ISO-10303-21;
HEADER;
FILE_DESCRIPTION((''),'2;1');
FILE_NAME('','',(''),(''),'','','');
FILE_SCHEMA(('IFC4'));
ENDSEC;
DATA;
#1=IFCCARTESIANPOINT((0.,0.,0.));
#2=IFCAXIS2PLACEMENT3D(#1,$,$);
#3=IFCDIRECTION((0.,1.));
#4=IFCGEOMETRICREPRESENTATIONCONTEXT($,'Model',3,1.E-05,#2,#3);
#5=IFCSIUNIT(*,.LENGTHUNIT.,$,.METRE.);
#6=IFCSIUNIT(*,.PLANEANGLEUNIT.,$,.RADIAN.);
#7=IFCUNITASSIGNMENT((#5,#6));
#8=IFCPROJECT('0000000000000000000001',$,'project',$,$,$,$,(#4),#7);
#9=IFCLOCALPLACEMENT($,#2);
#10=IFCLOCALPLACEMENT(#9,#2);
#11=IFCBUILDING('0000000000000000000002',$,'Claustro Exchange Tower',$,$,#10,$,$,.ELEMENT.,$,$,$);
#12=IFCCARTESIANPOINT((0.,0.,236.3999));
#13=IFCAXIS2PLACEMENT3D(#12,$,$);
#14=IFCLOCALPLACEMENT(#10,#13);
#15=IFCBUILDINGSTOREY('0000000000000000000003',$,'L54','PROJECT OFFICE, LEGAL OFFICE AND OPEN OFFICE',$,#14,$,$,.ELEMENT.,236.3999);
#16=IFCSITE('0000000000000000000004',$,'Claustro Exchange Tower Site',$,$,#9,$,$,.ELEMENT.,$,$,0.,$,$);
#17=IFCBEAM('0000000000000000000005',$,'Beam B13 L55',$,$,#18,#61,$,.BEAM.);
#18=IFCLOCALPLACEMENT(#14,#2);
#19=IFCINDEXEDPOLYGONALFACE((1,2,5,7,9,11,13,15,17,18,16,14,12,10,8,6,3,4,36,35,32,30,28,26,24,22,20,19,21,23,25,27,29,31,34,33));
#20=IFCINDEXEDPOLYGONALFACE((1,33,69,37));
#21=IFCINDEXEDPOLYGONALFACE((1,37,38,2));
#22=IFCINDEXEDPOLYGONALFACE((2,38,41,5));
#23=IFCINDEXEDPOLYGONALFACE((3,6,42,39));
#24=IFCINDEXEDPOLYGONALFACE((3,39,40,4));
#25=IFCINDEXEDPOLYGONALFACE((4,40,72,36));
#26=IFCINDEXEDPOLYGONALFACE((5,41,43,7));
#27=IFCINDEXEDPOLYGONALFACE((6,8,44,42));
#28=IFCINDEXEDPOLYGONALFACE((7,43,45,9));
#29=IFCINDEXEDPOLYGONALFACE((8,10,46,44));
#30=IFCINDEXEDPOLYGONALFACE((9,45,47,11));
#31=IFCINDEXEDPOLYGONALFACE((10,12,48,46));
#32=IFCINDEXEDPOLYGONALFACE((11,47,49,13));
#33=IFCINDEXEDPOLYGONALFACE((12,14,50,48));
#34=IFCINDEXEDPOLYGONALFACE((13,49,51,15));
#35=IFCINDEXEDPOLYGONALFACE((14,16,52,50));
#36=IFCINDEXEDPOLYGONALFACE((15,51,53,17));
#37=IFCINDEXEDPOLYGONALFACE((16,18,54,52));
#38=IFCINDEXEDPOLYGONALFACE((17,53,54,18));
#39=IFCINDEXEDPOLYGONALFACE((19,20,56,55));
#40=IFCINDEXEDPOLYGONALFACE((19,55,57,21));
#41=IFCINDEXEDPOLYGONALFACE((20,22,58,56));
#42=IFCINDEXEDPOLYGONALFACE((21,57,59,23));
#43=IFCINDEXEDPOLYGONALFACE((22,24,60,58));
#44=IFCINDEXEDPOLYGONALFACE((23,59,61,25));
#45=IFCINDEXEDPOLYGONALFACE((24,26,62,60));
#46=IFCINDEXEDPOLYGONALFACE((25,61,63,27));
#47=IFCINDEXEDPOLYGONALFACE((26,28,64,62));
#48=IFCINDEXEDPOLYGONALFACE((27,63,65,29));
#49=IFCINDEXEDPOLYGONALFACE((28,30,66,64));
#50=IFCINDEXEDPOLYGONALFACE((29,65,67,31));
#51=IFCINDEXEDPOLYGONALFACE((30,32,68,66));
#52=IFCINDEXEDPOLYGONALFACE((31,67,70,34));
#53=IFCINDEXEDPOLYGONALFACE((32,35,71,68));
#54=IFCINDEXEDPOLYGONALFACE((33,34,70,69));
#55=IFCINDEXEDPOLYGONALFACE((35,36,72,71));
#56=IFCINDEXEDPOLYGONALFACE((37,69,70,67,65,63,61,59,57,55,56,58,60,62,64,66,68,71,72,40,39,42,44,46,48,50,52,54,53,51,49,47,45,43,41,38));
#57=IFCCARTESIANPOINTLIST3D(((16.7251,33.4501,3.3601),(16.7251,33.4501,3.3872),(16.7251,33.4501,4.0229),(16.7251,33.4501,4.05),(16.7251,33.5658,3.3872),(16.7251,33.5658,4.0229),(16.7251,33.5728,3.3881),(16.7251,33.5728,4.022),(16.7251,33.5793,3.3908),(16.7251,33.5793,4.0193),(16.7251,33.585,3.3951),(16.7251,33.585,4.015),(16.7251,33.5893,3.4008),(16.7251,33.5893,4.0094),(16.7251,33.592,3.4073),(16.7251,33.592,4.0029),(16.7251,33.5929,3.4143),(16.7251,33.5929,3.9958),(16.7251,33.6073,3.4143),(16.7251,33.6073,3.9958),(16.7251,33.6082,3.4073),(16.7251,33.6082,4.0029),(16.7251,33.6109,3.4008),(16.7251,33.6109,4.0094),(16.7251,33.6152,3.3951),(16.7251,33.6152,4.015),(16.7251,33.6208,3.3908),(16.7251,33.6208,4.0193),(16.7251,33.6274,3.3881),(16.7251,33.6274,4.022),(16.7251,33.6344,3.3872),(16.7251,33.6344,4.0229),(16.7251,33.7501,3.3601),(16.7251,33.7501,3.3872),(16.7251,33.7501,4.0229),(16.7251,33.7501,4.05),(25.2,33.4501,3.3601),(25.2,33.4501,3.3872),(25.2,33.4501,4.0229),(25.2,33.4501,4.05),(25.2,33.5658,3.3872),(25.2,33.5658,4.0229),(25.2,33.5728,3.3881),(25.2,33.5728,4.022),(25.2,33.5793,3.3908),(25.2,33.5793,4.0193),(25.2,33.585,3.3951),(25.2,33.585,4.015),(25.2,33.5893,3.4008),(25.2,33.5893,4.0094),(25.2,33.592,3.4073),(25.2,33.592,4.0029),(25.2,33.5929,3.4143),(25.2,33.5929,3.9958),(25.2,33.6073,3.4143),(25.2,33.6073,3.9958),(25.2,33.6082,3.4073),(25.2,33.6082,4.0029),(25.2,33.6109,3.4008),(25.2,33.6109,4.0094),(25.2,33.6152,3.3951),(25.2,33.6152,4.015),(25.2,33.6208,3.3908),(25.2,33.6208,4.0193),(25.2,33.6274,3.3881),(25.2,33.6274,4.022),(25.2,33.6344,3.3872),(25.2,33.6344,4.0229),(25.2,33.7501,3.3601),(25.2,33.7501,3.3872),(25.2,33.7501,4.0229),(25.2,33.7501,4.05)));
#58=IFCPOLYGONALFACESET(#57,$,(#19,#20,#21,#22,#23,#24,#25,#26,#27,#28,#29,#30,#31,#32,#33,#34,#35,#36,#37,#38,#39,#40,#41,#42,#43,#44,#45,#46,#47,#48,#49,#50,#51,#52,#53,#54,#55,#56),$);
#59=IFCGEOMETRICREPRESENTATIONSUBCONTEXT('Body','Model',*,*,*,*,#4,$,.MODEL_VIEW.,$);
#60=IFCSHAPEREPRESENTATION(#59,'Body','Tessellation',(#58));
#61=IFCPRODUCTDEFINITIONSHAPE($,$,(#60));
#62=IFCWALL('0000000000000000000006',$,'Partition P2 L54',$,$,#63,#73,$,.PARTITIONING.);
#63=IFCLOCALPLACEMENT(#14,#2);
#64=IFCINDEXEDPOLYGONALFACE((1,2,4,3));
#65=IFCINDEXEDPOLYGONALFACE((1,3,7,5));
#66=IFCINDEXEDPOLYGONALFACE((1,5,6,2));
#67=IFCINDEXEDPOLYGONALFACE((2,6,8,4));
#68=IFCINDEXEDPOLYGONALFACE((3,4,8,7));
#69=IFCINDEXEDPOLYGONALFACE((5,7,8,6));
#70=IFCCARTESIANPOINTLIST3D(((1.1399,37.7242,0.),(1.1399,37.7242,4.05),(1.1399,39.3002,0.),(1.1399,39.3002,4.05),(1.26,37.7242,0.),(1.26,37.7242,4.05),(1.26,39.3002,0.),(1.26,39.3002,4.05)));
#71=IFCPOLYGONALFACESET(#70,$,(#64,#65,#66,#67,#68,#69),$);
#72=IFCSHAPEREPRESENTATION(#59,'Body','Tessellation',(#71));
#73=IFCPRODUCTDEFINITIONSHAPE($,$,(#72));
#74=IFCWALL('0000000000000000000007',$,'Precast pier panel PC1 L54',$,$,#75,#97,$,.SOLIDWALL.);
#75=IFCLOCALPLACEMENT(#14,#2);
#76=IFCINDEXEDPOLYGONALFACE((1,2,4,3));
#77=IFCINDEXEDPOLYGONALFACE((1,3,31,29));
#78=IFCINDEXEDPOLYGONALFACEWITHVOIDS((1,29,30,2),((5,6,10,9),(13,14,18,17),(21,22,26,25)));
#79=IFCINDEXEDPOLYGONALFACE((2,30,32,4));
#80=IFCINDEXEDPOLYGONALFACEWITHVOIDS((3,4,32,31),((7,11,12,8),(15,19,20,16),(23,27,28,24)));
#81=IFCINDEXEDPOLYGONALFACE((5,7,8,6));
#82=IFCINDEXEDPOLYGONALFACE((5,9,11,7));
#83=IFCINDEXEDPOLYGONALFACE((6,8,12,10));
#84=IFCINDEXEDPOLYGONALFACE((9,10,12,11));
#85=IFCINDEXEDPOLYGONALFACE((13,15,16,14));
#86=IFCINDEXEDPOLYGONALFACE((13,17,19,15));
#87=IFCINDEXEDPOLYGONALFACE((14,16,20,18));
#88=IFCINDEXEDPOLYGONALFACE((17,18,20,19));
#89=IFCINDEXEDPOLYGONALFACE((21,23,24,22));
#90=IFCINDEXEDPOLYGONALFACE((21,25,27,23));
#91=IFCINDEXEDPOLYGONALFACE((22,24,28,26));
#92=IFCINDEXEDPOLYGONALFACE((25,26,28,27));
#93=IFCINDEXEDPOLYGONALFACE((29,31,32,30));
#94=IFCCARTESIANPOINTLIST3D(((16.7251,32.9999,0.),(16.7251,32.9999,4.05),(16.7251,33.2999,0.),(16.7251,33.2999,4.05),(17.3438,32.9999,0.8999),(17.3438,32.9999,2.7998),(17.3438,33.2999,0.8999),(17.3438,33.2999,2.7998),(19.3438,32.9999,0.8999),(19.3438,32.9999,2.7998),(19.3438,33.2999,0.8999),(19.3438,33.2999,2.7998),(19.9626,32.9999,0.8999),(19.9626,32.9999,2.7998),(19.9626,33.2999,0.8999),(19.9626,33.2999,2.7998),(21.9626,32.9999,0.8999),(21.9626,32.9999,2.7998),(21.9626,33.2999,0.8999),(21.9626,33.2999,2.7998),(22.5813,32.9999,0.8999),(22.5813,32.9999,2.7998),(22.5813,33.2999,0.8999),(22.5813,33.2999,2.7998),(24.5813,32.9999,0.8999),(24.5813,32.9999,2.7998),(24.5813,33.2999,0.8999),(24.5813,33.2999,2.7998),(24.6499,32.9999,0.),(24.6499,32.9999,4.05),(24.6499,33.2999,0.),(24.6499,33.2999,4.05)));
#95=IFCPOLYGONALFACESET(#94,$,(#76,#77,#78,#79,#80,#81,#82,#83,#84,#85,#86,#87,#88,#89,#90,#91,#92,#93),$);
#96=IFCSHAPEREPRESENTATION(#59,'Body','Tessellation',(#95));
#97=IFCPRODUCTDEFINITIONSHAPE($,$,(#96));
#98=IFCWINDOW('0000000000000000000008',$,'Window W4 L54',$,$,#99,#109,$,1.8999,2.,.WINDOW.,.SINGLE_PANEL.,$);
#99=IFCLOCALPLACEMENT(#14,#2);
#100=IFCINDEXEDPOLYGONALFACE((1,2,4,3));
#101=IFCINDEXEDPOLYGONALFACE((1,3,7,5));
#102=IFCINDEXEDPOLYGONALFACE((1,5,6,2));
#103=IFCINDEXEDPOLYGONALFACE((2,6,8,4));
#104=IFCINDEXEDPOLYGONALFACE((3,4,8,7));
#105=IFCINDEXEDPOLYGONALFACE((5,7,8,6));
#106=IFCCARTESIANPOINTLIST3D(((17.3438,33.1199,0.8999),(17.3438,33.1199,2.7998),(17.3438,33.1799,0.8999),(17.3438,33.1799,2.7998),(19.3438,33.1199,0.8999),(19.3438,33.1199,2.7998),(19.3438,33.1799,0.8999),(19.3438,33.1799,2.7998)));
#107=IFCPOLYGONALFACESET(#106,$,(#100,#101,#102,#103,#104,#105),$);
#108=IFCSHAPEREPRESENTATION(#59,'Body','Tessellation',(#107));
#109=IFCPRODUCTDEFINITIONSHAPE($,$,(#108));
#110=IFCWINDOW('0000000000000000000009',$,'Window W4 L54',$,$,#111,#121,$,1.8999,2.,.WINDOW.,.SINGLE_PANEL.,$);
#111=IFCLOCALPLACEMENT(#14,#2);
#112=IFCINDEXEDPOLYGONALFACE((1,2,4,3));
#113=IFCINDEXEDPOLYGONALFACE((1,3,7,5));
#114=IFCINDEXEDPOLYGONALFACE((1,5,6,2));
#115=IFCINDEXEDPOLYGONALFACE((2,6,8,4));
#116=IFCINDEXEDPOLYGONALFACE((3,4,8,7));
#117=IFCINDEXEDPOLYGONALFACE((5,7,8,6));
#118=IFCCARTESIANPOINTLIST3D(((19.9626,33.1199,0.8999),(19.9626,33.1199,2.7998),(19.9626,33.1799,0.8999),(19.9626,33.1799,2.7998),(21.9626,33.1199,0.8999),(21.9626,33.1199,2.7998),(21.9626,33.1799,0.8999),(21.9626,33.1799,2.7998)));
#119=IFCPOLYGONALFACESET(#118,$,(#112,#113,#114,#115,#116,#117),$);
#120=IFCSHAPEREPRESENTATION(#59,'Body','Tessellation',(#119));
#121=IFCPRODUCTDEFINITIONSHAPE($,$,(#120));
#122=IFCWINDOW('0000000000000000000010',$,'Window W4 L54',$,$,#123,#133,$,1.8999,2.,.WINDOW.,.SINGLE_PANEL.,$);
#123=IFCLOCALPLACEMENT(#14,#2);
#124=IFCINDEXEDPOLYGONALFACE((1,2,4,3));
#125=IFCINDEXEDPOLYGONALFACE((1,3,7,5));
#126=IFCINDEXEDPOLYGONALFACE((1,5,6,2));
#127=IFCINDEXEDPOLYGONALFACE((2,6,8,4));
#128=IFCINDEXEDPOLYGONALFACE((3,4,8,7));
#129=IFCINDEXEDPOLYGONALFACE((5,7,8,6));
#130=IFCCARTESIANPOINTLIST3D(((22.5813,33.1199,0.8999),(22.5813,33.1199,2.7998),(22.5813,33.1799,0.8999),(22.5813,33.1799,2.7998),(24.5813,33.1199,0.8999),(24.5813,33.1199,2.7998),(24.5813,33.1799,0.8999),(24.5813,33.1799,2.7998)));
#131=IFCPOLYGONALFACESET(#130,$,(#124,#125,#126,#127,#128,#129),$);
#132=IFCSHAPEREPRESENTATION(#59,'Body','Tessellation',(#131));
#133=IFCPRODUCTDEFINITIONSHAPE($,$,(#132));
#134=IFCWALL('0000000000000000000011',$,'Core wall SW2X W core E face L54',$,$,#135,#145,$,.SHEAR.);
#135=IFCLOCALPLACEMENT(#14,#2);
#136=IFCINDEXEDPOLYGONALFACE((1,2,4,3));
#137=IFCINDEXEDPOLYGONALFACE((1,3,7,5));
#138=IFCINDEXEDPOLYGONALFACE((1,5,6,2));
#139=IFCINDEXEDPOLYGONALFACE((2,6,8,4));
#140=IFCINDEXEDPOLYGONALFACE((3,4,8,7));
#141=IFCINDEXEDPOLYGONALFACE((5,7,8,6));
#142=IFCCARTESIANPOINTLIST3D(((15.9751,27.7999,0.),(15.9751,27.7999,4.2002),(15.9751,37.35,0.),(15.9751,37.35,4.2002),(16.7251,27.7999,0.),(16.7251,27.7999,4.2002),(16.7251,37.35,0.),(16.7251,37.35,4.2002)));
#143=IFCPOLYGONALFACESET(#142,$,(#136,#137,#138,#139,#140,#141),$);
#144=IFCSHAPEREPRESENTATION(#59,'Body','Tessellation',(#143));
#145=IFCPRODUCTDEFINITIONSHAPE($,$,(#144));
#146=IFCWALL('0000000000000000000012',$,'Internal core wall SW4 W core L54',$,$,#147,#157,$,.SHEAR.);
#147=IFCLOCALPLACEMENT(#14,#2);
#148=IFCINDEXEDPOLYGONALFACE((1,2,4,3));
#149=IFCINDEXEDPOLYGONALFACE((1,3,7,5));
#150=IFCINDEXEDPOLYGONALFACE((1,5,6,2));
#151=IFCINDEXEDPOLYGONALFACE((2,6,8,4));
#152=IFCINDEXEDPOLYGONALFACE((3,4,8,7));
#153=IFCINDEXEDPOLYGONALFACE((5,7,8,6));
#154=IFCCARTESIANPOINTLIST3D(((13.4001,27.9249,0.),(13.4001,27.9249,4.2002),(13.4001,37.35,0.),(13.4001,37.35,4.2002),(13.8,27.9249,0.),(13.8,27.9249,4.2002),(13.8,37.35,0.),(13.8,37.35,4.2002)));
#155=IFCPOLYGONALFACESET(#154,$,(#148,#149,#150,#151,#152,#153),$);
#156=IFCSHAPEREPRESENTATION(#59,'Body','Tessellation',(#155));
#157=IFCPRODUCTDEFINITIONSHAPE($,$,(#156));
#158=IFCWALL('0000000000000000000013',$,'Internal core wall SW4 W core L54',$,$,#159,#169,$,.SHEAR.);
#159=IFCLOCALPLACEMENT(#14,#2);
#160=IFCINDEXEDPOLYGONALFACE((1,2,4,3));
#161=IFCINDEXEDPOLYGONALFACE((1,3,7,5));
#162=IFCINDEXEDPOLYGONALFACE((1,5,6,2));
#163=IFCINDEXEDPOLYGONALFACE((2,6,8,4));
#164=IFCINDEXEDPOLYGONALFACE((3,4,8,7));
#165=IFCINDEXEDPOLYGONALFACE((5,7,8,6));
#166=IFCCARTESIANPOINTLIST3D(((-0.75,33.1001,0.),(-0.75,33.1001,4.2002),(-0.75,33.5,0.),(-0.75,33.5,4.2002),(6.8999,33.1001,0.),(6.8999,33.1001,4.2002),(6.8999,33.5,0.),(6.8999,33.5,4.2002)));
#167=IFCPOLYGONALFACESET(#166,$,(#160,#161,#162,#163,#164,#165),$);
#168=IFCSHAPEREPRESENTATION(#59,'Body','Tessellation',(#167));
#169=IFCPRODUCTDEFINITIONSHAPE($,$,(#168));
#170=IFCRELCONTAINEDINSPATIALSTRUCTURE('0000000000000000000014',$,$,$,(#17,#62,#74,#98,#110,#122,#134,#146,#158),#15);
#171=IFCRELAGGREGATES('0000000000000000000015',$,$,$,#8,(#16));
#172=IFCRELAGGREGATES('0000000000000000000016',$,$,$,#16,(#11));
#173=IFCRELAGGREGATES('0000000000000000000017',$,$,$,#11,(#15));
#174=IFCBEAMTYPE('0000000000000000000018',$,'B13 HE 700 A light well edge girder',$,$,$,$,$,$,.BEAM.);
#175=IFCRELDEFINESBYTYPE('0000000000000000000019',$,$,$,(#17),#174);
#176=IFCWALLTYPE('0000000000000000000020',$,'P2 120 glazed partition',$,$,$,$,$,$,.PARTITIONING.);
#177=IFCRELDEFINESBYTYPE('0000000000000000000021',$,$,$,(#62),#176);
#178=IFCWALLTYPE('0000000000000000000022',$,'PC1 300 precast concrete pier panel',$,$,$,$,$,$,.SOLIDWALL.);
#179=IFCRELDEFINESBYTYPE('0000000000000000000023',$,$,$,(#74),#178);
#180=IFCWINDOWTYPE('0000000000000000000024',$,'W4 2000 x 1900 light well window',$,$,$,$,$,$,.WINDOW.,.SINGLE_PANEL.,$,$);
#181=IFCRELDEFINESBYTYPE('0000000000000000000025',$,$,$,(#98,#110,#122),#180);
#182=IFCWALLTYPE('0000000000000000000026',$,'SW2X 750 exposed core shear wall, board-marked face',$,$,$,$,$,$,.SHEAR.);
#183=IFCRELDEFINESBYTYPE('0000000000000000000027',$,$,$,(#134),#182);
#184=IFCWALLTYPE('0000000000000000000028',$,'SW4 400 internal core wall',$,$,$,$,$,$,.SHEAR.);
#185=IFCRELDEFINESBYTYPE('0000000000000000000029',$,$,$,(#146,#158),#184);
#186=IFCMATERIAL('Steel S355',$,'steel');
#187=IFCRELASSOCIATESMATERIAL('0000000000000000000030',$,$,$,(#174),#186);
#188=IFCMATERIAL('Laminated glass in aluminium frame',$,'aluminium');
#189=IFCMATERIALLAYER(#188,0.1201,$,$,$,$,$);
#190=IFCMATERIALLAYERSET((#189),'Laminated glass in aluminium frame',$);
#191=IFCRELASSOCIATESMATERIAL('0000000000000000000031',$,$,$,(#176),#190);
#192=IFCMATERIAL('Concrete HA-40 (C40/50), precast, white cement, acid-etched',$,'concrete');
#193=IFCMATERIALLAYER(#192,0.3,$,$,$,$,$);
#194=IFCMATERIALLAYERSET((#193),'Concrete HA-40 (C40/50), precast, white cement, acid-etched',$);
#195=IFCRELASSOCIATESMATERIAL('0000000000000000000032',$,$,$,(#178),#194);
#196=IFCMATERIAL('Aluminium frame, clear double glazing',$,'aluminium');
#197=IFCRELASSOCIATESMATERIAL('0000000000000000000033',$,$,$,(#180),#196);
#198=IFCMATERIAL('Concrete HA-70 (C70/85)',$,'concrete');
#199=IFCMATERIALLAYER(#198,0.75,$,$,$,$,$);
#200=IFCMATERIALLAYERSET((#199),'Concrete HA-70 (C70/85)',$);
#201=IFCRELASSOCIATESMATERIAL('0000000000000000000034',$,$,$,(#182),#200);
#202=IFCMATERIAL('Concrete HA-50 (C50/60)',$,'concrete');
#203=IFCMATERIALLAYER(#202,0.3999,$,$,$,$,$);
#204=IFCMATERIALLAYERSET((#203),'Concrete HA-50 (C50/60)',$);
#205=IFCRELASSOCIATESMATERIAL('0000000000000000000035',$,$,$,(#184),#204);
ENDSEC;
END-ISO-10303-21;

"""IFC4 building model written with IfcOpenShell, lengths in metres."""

from ifc_helpers import new_model, si_unit, direction, frame, frame_2d, origin, origin_2d, place, context, subcontext, project, spatial, rectangle, i_section, extrude, material, layer, layer_set, material_profile, profile_set, type_object, element, fill, save


model = new_model("IFC4")

# Units and contexts
model_context = context("Model", 3, precision=1e-05, world=origin(), true_north=direction((0.0, 1.0)))
body_context = subcontext(model_context, "Body", "Model", "MODEL_VIEW")
ifc_project = project(units=[si_unit("LENGTHUNIT", "METRE"), si_unit("PLANEANGLEUNIT", "RADIAN")], contexts=[model_context])

# Site, building, storey
site_placement = place(None, origin())
site = spatial("IfcSite", under=ifc_project, at=site_placement, Name="Claustro Exchange Tower Site", CompositionType="ELEMENT", RefElevation=0.0)
building_placement = place(site_placement, origin())
building = spatial("IfcBuilding", under=site, at=building_placement, Name="Claustro Exchange Tower", CompositionType="ELEMENT")
storey_placement = place(building_placement, frame((0.0, 0.0, 236.3999)))
storey = spatial("IfcBuildingStorey", under=building, at=storey_placement, Name="L54", Description="PROJECT OFFICE, LEGAL OFFICE AND OPEN OFFICE", CompositionType="ELEMENT", Elevation=236.3999)

# Beam
ifc_material_1 = material(Name="Steel S355", Category="steel")
ifc_material_profile = material_profile(ifc_material_1, i_section(OverallWidth=0.3, OverallDepth=0.6899, WebThickness=0.0144, FlangeThickness=0.0271, FilletRadius=0.0271, at=origin_2d()), Name="HE 700 A")
ifc_profile_set = profile_set([ifc_material_profile], Name="Steel S355")
beam_type = type_object("IfcBeamType", Name="B13 HE 700 A light well edge girder", PredefinedType="BEAM", material=ifc_profile_set)
beam_placement = place(storey_placement, frame((16.7251, 33.6001, 3.7051), z_axis=(1.0, 0.0, 0.0), x_axis=(0.0, 1.0, 0.0)))
element("IfcBeam", 1, at=beam_placement, inside=storey, type_object=beam_type, Name="Beam B13 L55", PredefinedType="BEAM", context=body_context, shape_type="SweptSolid", body=[
    extrude(i_section(OverallWidth=0.3, OverallDepth=0.6899, WebThickness=0.0144, FlangeThickness=0.0271, FilletRadius=0.0271, at=origin_2d()), origin(), (0.0, 0.0, 1.0), 8.4749),
])

# Wall
ifc_material_2 = material(Name="Laminated glass in aluminium frame", Category="aluminium")
ifc_layer_1 = layer(ifc_material_2, 0.1201)
ifc_layer_set_1 = layer_set([ifc_layer_1], Name="Laminated glass in aluminium frame")
wall_type_1 = type_object("IfcWallType", Name="P2 120 glazed partition", PredefinedType="PARTITIONING", material=ifc_layer_set_1)
wall_1_placement = place(storey_placement, frame((1.2, 37.7241, 0.0), z_axis=(0.0, 0.0, 1.0), x_axis=(0.0, 1.0, 0.0)))
element("IfcWall", 2, at=wall_1_placement, inside=storey, type_object=wall_type_1, Name="Partition P2 L54", PredefinedType="PARTITIONING", context=body_context, shape_type="SweptSolid", body=[
    extrude(rectangle(XDim=1.5759, YDim=0.1201, at=frame_2d((0.7881, 0.0))), origin(), (0.0, 0.0, 1.0), 4.05),
])

# Wall, openings, windows
ifc_material_3 = material(Name="Concrete HA-40 (C40/50), precast, white cement, acid-etched", Category="concrete")
ifc_layer_2 = layer(ifc_material_3, 0.3)
ifc_layer_set_2 = layer_set([ifc_layer_2], Name="Concrete HA-40 (C40/50), precast, white cement, acid-etched")
wall_type_2 = type_object("IfcWallType", Name="PC1 300 precast concrete pier panel", PredefinedType="SOLIDWALL", material=ifc_layer_set_2)
wall_2_placement = place(storey_placement, frame((16.7251, 33.1499, 0.0), z_axis=(0.0, 0.0, 1.0), x_axis=(1.0, 0.0, 0.0)))
wall_2 = element("IfcWall", 3, at=wall_2_placement, inside=storey, type_object=wall_type_2, Name="Precast pier panel PC1 L54", PredefinedType="SOLIDWALL", context=body_context, shape_type="SweptSolid", body=[
    extrude(rectangle(XDim=7.9248, YDim=0.3, at=frame_2d((3.9624, 0.0))), origin(), (0.0, 0.0, 1.0), 4.05),
])
opening_1_placement = place(wall_2_placement, frame((0.6187, 0.0, 0.8999)))
opening_1 = element("IfcOpeningElement", 4, at=opening_1_placement, cuts=wall_2, PredefinedType="OPENING", context=body_context, shape_type="SweptSolid", body=[
    extrude(rectangle(XDim=2.0, YDim=1.8999, at=frame_2d((1.0, 0.95))), frame((0.0, 0.1599, 0.0), z_axis=(0.0, -1.0, 0.0), x_axis=(1.0, 0.0, 0.0)), (0.0, 0.0, 1.0), 0.3201),
])
opening_2_placement = place(wall_2_placement, frame((3.2375, 0.0, 0.8999)))
opening_2 = element("IfcOpeningElement", 5, at=opening_2_placement, cuts=wall_2, PredefinedType="OPENING", context=body_context, shape_type="SweptSolid", body=[
    extrude(rectangle(XDim=2.0, YDim=1.8999, at=frame_2d((1.0, 0.95))), frame((0.0, 0.1599, 0.0), z_axis=(0.0, -1.0, 0.0), x_axis=(1.0, 0.0, 0.0)), (0.0, 0.0, 1.0), 0.3201),
])
opening_3_placement = place(wall_2_placement, frame((5.8562, 0.0, 0.8999)))
opening_3 = element("IfcOpeningElement", 6, at=opening_3_placement, cuts=wall_2, PredefinedType="OPENING", context=body_context, shape_type="SweptSolid", body=[
    extrude(rectangle(XDim=2.0, YDim=1.8999, at=frame_2d((1.0, 0.95))), frame((0.0, 0.1599, 0.0), z_axis=(0.0, -1.0, 0.0), x_axis=(1.0, 0.0, 0.0)), (0.0, 0.0, 1.0), 0.3201),
])
ifc_material_4 = material(Name="Aluminium frame, clear double glazing", Category="aluminium")
window_type = type_object("IfcWindowType", Name="W4 2000 x 1900 light well window", PartitioningType="SINGLE_PANEL", PredefinedType="WINDOW", material=ifc_material_4)
window_1_placement = place(opening_1_placement, origin())
window_1 = element("IfcWindow", 7, at=window_1_placement, inside=storey, type_object=window_type, Name="Window W4 L54", OverallHeight=1.8999, OverallWidth=2.0, PartitioningType="SINGLE_PANEL", PredefinedType="WINDOW", context=body_context, shape_type="SweptSolid", body=[
    extrude(rectangle(XDim=2.0, YDim=1.8999, at=frame_2d((1.0, 0.95))), frame((0.0, 0.03, 0.0), z_axis=(0.0, -1.0, 0.0), x_axis=(1.0, 0.0, 0.0)), (0.0, 0.0, 1.0), 0.0601),
])
fill(opening_1, window_1)
window_2_placement = place(opening_2_placement, origin())
window_2 = element("IfcWindow", 8, at=window_2_placement, inside=storey, type_object=window_type, Name="Window W4 L54", OverallHeight=1.8999, OverallWidth=2.0, PartitioningType="SINGLE_PANEL", PredefinedType="WINDOW", context=body_context, shape_type="SweptSolid", body=[
    extrude(rectangle(XDim=2.0, YDim=1.8999, at=frame_2d((1.0, 0.95))), frame((0.0, 0.03, 0.0), z_axis=(0.0, -1.0, 0.0), x_axis=(1.0, 0.0, 0.0)), (0.0, 0.0, 1.0), 0.0601),
])
fill(opening_2, window_2)
window_3_placement = place(opening_3_placement, origin())
window_3 = element("IfcWindow", 9, at=window_3_placement, inside=storey, type_object=window_type, Name="Window W4 L54", OverallHeight=1.8999, OverallWidth=2.0, PartitioningType="SINGLE_PANEL", PredefinedType="WINDOW", context=body_context, shape_type="SweptSolid", body=[
    extrude(rectangle(XDim=2.0, YDim=1.8999, at=frame_2d((1.0, 0.95))), frame((0.0, 0.03, 0.0), z_axis=(0.0, -1.0, 0.0), x_axis=(1.0, 0.0, 0.0)), (0.0, 0.0, 1.0), 0.0601),
])
fill(opening_3, window_3)

# Walls
ifc_material_5 = material(Name="Concrete HA-70 (C70/85)", Category="concrete")
ifc_layer_3 = layer(ifc_material_5, 0.75)
ifc_layer_set_3 = layer_set([ifc_layer_3], Name="Concrete HA-70 (C70/85)")
wall_type_3 = type_object("IfcWallType", Name="SW2X 750 exposed core shear wall, board-marked face", PredefinedType="SHEAR", material=ifc_layer_set_3)
wall_3_placement = place(storey_placement, frame((16.3501, 27.8, 0.0), z_axis=(0.0, 0.0, 1.0), x_axis=(0.0, 1.0, 0.0)))
element("IfcWall", 10, at=wall_3_placement, inside=storey, type_object=wall_type_3, Name="Core wall SW2X W core E face L54", PredefinedType="SHEAR", context=body_context, shape_type="SweptSolid", body=[
    extrude(rectangle(XDim=9.55, YDim=0.75, at=frame_2d((4.7749, 0.0))), origin(), (0.0, 0.0, 1.0), 4.2002),
])
ifc_material_6 = material(Name="Concrete HA-50 (C50/60)", Category="concrete")
ifc_layer_4 = layer(ifc_material_6, 0.3999)
ifc_layer_set_4 = layer_set([ifc_layer_4], Name="Concrete HA-50 (C50/60)")
wall_type_4 = type_object("IfcWallType", Name="SW4 400 internal core wall", PredefinedType="SHEAR", material=ifc_layer_set_4)
wall_4_placement = place(storey_placement, frame((13.6001, 27.925, 0.0), z_axis=(0.0, 0.0, 1.0), x_axis=(0.0, 1.0, 0.0)))
element("IfcWall", 11, at=wall_4_placement, inside=storey, type_object=wall_type_4, Name="Internal core wall SW4 W core L54", PredefinedType="SHEAR", context=body_context, shape_type="SweptSolid", body=[
    extrude(rectangle(XDim=9.425, YDim=0.3999, at=frame_2d((4.7124, 0.0))), origin(), (0.0, 0.0, 1.0), 4.2002),
])
wall_5_placement = place(storey_placement, frame((-0.75, 33.3, 0.0), z_axis=(0.0, 0.0, 1.0), x_axis=(1.0, 0.0, 0.0)))
element("IfcWall", 12, at=wall_5_placement, inside=storey, type_object=wall_type_4, Name="Internal core wall SW4 W core L54", PredefinedType="SHEAR", context=body_context, shape_type="SweptSolid", body=[
    extrude(rectangle(XDim=7.6499, YDim=0.3999, at=frame_2d((3.825, 0.0))), origin(), (0.0, 0.0, 1.0), 4.2002),
])

save(model, "model.ifc")
